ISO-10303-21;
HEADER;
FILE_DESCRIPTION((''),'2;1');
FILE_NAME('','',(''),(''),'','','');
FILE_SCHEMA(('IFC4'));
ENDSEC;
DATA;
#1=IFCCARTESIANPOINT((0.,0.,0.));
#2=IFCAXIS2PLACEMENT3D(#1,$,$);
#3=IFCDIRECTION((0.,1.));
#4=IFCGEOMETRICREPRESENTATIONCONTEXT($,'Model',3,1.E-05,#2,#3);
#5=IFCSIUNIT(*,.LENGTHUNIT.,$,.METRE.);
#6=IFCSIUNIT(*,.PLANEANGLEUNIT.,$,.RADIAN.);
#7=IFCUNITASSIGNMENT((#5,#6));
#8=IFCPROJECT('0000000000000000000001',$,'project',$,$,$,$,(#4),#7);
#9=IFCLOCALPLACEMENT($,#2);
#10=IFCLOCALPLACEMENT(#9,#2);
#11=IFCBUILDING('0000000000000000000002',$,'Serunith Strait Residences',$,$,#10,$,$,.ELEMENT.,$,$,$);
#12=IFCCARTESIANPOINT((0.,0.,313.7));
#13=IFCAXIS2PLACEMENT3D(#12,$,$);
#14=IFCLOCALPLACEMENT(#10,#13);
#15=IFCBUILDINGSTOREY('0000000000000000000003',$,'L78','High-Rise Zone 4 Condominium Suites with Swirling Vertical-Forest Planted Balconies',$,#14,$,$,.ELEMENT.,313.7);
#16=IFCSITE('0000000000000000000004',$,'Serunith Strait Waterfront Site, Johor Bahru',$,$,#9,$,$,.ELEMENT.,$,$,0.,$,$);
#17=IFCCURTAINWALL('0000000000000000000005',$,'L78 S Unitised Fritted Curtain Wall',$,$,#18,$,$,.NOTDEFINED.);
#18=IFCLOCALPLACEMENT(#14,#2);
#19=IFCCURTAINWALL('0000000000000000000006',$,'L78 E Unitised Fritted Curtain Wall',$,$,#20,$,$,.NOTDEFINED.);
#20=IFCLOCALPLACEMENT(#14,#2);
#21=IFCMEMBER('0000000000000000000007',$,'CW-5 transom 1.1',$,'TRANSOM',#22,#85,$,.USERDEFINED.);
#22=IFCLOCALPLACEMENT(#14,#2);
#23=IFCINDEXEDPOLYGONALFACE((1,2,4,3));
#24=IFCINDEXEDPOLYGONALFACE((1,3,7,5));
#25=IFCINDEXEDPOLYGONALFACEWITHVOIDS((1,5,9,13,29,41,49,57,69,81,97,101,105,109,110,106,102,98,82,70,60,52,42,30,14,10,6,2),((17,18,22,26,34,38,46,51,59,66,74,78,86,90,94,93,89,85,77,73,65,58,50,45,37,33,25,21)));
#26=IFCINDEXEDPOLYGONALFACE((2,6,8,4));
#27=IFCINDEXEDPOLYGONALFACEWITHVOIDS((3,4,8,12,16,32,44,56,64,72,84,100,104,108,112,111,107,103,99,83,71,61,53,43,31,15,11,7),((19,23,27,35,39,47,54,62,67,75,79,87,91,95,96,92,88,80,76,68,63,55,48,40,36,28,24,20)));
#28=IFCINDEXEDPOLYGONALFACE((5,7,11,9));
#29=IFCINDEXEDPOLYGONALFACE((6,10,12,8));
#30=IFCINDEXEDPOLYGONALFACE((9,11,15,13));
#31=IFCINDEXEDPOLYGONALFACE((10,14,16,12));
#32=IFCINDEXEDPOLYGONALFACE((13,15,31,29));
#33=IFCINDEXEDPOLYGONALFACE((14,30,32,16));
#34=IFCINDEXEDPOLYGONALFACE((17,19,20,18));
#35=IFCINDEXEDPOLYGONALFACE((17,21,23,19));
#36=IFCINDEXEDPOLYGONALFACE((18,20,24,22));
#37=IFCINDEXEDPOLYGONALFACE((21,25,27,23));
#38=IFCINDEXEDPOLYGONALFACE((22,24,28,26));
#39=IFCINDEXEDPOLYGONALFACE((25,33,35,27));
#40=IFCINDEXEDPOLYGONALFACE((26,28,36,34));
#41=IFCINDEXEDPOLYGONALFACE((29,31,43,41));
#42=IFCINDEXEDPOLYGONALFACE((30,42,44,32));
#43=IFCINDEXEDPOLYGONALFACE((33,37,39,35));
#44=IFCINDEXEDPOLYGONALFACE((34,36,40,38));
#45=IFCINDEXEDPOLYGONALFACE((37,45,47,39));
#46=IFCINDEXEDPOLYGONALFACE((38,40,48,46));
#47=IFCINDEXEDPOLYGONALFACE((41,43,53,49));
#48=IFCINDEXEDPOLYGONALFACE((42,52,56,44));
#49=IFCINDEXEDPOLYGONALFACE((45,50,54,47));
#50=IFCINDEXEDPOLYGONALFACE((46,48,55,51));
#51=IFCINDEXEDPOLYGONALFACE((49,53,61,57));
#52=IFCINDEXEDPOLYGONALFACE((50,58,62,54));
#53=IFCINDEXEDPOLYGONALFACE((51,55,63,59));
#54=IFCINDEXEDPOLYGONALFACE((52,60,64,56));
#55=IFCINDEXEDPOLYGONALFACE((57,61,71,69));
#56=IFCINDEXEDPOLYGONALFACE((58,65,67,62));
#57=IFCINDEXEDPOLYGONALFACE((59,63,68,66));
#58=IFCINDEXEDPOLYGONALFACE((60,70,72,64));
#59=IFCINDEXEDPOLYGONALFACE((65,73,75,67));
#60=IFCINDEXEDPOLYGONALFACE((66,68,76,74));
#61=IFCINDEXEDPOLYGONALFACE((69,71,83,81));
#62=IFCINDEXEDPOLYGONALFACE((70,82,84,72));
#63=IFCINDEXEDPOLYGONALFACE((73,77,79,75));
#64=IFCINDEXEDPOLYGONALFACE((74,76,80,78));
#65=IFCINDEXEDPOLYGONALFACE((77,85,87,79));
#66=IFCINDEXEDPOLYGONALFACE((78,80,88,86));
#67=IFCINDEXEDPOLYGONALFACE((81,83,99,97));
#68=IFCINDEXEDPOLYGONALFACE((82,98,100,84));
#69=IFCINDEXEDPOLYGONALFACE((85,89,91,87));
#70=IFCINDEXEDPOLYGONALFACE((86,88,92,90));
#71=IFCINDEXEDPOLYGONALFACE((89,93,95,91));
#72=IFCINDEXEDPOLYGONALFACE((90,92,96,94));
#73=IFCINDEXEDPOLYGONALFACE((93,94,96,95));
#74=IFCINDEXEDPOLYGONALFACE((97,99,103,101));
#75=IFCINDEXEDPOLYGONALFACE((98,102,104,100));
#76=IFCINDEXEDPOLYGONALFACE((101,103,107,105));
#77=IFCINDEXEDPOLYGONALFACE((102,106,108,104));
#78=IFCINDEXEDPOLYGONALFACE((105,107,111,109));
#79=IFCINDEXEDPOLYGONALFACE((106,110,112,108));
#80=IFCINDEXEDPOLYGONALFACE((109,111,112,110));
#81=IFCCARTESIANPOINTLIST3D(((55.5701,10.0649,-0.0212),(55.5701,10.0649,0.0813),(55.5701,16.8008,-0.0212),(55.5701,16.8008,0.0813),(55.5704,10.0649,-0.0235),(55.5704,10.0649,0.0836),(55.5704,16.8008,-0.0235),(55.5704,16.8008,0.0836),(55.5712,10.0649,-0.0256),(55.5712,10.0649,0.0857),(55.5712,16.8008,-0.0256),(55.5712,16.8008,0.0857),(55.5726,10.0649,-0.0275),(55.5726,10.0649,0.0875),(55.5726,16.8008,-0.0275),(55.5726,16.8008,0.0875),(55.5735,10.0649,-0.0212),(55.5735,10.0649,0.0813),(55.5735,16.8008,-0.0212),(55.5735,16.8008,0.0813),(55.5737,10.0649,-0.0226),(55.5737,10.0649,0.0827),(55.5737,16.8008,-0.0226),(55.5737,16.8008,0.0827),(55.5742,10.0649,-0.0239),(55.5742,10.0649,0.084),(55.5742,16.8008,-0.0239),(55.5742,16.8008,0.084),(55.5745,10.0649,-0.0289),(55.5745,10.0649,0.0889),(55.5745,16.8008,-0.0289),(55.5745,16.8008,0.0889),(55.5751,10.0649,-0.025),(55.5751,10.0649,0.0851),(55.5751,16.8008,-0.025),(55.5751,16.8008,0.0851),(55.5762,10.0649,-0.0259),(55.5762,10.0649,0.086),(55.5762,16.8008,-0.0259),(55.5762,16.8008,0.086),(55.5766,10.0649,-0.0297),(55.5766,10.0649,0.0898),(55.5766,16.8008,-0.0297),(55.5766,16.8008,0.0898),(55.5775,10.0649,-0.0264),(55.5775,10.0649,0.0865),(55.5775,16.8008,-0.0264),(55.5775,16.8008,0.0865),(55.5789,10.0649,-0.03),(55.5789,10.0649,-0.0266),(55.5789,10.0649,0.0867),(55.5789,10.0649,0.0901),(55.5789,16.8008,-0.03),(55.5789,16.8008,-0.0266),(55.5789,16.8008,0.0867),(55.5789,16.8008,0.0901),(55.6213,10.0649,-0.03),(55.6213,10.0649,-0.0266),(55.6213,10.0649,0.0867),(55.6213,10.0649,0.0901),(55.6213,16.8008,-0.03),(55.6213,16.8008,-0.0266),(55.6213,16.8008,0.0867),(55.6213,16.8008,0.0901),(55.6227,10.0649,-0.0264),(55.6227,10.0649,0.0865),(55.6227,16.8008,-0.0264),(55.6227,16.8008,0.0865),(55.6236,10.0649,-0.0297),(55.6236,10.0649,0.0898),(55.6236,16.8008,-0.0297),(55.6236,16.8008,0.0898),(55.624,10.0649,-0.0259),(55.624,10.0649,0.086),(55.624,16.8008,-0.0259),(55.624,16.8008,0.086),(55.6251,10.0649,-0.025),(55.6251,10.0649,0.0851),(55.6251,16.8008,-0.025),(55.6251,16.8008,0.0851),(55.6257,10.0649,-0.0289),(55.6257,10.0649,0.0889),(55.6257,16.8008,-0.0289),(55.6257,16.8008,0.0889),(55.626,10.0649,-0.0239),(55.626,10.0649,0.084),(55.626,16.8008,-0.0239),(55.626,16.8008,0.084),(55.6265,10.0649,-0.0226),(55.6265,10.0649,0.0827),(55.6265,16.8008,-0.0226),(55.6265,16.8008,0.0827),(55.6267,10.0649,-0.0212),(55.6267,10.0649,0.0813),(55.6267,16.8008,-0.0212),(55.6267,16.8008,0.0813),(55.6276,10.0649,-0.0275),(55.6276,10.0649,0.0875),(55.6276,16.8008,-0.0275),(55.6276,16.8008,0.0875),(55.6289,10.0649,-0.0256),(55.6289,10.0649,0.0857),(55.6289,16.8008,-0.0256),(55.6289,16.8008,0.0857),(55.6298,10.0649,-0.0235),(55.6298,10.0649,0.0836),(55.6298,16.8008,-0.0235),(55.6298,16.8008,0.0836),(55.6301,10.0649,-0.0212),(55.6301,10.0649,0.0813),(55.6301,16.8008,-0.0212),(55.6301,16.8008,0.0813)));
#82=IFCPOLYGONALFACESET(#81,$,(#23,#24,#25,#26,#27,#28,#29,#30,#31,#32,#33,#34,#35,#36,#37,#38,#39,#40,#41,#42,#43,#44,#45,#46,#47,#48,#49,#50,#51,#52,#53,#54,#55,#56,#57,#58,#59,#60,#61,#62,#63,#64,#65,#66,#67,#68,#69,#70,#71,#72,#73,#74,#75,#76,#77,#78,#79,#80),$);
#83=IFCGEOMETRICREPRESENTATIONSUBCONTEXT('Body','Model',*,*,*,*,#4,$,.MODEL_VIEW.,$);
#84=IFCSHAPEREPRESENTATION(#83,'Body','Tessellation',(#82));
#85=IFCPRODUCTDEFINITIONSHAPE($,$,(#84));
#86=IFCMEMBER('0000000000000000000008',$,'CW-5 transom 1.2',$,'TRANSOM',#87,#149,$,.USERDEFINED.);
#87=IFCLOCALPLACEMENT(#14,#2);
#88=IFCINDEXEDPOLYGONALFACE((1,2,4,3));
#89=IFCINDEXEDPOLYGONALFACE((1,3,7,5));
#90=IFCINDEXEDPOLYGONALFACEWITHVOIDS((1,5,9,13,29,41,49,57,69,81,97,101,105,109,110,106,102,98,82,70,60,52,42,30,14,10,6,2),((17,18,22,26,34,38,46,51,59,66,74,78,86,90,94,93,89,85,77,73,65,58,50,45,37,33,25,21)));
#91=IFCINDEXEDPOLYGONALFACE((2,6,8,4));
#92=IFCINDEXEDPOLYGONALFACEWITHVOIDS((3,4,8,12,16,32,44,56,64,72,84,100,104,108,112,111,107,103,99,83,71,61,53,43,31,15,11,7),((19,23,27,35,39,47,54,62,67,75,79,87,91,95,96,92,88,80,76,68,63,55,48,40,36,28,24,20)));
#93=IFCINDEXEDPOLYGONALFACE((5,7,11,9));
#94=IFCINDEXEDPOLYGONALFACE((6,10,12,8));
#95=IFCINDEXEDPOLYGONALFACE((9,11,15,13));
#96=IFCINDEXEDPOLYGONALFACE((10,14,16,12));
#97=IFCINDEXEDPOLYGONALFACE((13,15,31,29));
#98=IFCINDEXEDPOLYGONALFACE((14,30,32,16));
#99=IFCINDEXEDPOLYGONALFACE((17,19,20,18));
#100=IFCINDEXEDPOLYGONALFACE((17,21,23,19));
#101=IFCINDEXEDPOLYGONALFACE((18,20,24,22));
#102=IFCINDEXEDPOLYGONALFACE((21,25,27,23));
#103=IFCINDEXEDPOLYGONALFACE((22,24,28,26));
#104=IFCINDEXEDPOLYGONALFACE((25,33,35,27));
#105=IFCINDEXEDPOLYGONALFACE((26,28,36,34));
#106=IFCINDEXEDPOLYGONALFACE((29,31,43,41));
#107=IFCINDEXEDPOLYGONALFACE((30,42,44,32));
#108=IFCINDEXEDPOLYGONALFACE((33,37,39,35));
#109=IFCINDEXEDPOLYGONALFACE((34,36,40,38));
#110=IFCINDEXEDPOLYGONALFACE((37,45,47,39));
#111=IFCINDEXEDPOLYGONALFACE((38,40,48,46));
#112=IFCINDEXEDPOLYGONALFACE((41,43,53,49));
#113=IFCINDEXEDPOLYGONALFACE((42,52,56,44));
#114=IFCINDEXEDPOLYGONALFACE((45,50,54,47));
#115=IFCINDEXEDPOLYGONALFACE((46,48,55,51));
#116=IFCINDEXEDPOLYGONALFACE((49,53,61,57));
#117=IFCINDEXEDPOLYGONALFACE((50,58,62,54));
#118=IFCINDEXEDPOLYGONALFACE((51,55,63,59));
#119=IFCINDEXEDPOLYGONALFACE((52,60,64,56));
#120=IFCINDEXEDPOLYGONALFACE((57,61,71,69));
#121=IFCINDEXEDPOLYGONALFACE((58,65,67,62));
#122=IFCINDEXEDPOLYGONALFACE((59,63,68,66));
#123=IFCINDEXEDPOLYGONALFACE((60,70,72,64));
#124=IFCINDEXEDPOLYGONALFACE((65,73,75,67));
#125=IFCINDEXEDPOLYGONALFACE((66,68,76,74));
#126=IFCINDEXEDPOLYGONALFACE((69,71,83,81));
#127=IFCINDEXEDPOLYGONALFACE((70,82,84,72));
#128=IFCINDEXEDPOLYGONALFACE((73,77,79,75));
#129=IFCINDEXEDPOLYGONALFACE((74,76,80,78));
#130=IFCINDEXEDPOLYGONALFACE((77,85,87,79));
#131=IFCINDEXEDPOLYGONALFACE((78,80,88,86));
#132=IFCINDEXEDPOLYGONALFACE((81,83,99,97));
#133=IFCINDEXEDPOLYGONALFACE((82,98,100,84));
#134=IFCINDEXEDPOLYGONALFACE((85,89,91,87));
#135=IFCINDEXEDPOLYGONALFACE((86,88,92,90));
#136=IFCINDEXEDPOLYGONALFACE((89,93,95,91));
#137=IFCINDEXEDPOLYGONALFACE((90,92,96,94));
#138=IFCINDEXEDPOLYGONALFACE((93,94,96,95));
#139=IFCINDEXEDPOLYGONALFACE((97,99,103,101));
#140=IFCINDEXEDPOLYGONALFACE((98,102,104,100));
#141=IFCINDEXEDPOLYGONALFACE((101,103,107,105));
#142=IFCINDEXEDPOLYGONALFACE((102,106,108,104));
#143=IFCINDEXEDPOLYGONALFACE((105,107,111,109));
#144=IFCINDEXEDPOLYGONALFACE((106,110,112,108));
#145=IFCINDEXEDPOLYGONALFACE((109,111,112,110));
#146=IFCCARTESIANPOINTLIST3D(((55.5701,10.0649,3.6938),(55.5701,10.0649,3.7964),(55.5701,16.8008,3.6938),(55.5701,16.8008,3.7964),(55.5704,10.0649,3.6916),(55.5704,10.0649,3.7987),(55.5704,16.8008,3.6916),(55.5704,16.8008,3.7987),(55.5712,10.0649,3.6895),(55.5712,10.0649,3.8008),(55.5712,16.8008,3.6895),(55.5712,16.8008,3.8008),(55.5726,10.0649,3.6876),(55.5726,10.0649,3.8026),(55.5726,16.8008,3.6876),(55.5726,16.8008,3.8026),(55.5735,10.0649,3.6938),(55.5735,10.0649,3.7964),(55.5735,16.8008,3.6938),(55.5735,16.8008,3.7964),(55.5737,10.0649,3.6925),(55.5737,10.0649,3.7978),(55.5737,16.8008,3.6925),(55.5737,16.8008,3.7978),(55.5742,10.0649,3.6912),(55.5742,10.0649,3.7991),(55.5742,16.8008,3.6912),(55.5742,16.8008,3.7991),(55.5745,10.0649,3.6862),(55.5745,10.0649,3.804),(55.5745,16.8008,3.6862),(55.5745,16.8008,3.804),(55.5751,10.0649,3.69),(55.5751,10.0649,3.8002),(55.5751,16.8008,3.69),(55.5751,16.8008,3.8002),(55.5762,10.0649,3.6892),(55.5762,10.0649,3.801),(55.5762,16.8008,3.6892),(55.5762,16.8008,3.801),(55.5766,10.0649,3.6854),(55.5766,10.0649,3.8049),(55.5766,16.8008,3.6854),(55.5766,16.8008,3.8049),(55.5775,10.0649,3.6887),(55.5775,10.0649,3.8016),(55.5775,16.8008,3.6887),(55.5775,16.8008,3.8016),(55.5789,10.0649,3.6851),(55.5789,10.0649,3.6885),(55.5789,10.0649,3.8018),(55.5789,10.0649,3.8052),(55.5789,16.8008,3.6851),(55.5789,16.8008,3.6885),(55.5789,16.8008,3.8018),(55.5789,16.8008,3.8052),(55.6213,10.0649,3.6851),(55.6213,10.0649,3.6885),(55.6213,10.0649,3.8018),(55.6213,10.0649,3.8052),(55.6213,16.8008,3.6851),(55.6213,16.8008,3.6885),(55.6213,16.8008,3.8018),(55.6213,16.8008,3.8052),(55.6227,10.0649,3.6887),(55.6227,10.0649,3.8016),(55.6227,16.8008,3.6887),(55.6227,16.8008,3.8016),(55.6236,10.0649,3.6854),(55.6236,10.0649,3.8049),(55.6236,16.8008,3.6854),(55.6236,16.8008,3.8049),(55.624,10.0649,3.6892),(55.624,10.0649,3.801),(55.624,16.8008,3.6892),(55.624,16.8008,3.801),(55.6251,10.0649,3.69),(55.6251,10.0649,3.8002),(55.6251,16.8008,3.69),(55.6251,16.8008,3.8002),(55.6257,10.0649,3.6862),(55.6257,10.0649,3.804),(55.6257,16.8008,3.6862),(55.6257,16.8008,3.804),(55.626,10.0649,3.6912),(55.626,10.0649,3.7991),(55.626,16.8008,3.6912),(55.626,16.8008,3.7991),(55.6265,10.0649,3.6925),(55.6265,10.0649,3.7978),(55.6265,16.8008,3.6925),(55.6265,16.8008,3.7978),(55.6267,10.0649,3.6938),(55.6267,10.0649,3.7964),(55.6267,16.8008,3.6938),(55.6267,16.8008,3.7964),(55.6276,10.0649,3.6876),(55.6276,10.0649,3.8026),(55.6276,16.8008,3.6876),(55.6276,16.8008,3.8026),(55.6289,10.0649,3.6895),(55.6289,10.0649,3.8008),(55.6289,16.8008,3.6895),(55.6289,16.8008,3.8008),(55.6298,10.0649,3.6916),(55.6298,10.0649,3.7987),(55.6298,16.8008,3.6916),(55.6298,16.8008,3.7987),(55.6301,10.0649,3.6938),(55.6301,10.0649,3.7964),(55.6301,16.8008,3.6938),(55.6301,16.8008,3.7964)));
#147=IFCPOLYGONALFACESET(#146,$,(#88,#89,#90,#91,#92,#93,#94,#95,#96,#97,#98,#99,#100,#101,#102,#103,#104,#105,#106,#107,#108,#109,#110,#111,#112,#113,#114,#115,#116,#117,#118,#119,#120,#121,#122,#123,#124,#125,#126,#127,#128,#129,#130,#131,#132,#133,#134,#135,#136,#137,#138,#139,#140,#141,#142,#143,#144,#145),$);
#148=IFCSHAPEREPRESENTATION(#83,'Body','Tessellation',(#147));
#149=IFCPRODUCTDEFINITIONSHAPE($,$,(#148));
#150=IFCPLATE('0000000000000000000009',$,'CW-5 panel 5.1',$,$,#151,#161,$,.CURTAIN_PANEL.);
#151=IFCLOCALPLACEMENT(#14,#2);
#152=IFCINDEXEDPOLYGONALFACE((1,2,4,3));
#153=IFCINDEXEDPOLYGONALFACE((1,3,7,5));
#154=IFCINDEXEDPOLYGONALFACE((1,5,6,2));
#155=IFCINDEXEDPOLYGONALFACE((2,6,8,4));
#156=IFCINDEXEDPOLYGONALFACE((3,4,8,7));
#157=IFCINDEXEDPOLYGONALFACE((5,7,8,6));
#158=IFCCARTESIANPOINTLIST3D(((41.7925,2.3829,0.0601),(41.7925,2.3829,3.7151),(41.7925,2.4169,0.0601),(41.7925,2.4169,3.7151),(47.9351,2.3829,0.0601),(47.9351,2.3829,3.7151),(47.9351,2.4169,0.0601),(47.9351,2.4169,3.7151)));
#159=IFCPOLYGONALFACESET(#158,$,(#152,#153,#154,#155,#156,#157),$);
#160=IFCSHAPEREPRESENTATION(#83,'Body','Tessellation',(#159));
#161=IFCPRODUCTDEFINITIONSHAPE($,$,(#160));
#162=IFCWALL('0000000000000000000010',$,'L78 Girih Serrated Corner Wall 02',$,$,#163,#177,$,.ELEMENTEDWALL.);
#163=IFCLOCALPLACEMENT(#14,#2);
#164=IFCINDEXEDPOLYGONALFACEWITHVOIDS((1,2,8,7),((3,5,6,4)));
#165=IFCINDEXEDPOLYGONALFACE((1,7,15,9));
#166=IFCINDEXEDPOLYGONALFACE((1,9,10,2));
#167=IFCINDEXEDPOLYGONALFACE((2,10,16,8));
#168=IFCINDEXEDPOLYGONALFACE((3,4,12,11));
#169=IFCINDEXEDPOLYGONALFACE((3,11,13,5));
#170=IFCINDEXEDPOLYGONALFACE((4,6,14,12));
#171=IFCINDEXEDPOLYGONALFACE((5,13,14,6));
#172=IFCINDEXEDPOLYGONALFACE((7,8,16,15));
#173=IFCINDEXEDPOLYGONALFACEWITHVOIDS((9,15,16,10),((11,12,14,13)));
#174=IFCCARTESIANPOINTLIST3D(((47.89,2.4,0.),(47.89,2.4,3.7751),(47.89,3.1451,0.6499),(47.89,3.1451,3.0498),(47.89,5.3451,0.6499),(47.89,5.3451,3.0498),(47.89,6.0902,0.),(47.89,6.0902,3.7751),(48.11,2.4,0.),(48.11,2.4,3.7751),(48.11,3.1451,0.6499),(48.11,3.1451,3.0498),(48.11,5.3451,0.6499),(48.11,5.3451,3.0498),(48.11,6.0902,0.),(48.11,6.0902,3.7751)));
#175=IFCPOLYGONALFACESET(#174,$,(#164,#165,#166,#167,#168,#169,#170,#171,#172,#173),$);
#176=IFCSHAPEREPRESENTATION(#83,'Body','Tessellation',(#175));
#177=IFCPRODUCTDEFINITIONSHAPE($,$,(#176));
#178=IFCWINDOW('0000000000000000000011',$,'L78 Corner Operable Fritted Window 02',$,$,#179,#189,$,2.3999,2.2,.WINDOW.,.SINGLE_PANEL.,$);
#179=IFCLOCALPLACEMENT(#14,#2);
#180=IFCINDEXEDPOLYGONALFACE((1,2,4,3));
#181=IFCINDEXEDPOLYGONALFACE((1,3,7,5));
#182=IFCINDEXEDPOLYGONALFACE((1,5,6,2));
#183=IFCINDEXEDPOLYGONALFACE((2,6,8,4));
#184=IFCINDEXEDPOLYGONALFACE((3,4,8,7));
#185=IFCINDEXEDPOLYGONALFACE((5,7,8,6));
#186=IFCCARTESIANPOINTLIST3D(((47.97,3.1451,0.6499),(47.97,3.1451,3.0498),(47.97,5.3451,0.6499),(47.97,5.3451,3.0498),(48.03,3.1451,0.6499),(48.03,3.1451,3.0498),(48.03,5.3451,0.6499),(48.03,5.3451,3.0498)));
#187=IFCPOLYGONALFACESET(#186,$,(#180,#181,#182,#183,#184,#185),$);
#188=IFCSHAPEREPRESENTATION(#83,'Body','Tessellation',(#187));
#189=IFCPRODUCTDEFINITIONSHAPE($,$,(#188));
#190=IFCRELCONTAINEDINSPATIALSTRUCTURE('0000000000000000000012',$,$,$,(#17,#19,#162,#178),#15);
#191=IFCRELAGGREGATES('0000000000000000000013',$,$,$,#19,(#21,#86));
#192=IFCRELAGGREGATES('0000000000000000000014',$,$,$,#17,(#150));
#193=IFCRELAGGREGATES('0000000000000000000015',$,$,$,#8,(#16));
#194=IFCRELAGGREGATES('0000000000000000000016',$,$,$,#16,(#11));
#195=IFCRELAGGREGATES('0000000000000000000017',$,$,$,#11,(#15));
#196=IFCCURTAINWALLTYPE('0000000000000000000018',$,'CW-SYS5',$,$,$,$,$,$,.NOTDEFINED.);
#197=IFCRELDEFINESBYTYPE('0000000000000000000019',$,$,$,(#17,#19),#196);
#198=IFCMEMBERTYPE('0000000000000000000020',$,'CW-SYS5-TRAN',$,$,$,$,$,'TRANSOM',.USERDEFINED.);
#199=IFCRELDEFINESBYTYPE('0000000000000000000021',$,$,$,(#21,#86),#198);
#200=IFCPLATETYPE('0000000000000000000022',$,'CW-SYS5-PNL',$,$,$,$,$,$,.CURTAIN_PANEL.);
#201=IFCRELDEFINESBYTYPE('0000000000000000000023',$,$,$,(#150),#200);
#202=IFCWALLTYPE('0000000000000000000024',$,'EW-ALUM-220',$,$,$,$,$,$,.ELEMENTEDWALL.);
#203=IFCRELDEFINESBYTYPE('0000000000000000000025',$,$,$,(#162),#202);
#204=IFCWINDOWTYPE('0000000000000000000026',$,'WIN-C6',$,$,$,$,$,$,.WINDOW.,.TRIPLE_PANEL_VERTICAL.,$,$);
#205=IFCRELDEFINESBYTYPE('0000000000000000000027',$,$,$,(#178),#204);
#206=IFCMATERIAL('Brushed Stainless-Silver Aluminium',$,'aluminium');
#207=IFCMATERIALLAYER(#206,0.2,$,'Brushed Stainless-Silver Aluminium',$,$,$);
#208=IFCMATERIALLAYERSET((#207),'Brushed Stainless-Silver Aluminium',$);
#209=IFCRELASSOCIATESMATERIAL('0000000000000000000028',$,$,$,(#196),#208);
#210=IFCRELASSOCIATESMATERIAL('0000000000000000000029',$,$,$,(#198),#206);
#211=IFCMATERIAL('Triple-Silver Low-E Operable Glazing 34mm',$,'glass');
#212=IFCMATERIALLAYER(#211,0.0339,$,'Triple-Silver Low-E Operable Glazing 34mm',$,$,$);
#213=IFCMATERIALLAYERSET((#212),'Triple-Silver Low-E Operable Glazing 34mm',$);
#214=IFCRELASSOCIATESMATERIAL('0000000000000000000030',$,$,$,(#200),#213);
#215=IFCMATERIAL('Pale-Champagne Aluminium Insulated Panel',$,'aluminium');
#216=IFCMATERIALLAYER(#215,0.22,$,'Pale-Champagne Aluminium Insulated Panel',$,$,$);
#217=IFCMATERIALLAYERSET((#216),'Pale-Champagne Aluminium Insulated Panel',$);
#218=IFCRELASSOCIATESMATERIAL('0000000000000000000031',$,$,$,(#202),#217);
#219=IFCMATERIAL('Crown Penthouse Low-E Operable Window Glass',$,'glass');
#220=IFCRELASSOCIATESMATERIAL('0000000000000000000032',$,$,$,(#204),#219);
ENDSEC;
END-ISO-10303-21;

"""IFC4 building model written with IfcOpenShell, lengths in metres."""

from ifc_helpers import new_model, si_unit, direction, frame, frame_2d, origin, origin_2d, place, context, subcontext, project, spatial, rectangle, hollow_rectangle, extrude, source, transform, mapped, material, layer, layer_set, material_profile, profile_set, type_object, element, fill, aggregate, save


model = new_model("IFC4")

# Units and contexts
model_context = context("Model", 3, precision=1e-05, world=origin(), true_north=direction((0.0, 1.0)))
body_context = subcontext(model_context, "Body", "Model", "MODEL_VIEW")
ifc_project = project(units=[si_unit("LENGTHUNIT", "METRE"), si_unit("PLANEANGLEUNIT", "RADIAN")], contexts=[model_context])

# Site, building, storey
site_placement = place(None, origin())
site = spatial("IfcSite", under=ifc_project, at=site_placement, Name="Serunith Strait Waterfront Site, Johor Bahru", CompositionType="ELEMENT", RefElevation=0.0)
building_placement = place(site_placement, origin())
building = spatial("IfcBuilding", under=site, at=building_placement, Name="Serunith Strait Residences", CompositionType="ELEMENT")
storey_placement = place(building_placement, frame((0.0, 0.0, 313.7)))
storey = spatial("IfcBuildingStorey", under=building, at=storey_placement, Name="L78", Description="High-Rise Zone 4 Condominium Suites with Swirling Vertical-Forest Planted Balconies", CompositionType="ELEMENT", Elevation=313.7)

# Curtain walls
ifc_material_1 = material(Name="Brushed Stainless-Silver Aluminium", Category="aluminium")
ifc_layer_1 = layer(ifc_material_1, 0.2, Name="Brushed Stainless-Silver Aluminium")
ifc_layer_set_1 = layer_set([ifc_layer_1], Name="Brushed Stainless-Silver Aluminium")
curtain_wall_type = type_object("IfcCurtainWallType", Name="CW-SYS5", PredefinedType="NOTDEFINED", material=ifc_layer_set_1)
curtain_wall_1_placement = place(storey_placement, origin())
curtain_wall_1 = element("IfcCurtainWall", 1, at=curtain_wall_1_placement, inside=storey, type_object=curtain_wall_type, Name="L78 S Unitised Fritted Curtain Wall", PredefinedType="NOTDEFINED")
curtain_wall_2_placement = place(storey_placement, origin())
curtain_wall_2 = element("IfcCurtainWall", 2, at=curtain_wall_2_placement, inside=storey, type_object=curtain_wall_type, Name="L78 E Unitised Fritted Curtain Wall", PredefinedType="NOTDEFINED")

# Members
ifc_material_profile_1 = material_profile(ifc_material_1, hollow_rectangle(XDim=0.0601, YDim=0.1201, WallThickness=0.0034, InnerFilletRadius=0.0054, OuterFilletRadius=0.0088, at=origin_2d()), Name="ALU 120x60x3.5")
ifc_profile_set_1 = profile_set([ifc_material_profile_1], Name="Brushed Stainless-Silver Aluminium")
member_type_1 = type_object("IfcMemberType", Name="CW-SYS5-TRAN", ElementType="TRANSOM", PredefinedType="USERDEFINED", material=ifc_profile_set_1)
shared_shape_1 = source(origin(), body_context, "Body", "SweptSolid", [
    extrude(hollow_rectangle(XDim=0.0601, YDim=0.1201, WallThickness=0.0034, InnerFilletRadius=0.0054, OuterFilletRadius=0.0088, at=origin_2d()), origin(), (0.0, 0.0, 1.0), 6.7358),
])
member_1_placement = place(storey_placement, frame((55.6001, 10.0649, 0.03), z_axis=(0.0, 1.0, 0.0), x_axis=(-1.0, 0.0, 0.0)))
member_1 = element("IfcMember", 3, at=member_1_placement, type_object=member_type_1, Name="CW-5 transom 1.1", ObjectType="TRANSOM", PredefinedType="USERDEFINED", context=body_context, shape_type="MappedRepresentation", body=[
    mapped(shared_shape_1, transform((0.0, 0.0, 0.0), scale=1.0)),
])
member_2_placement = place(storey_placement, frame((55.6001, 10.0649, 3.7451), z_axis=(0.0, 1.0, 0.0), x_axis=(-1.0, 0.0, 0.0)))
member_2 = element("IfcMember", 4, at=member_2_placement, type_object=member_type_1, Name="CW-5 transom 1.2", ObjectType="TRANSOM", PredefinedType="USERDEFINED", context=body_context, shape_type="MappedRepresentation", body=[
    mapped(shared_shape_1, transform((0.0, 0.0, 0.0), scale=1.0)),
])
aggregate(curtain_wall_2, [member_1, member_2])

# Plate
ifc_material_2 = material(Name="Triple-Silver Low-E Operable Glazing 34mm", Category="glass")
ifc_layer_2 = layer(ifc_material_2, 0.0339, Name="Triple-Silver Low-E Operable Glazing 34mm")
ifc_layer_set_2 = layer_set([ifc_layer_2], Name="Triple-Silver Low-E Operable Glazing 34mm")
plate_type = type_object("IfcPlateType", Name="CW-SYS5-PNL", PredefinedType="CURTAIN_PANEL", material=ifc_layer_set_2)
shared_shape_2 = source(origin(), body_context, "Body", "SweptSolid", [
    extrude(rectangle(XDim=6.1426, YDim=0.0339, at=origin_2d()), origin(), (0.0, 0.0, 1.0), 3.655),
])
plate_placement = place(storey_placement, frame((44.8638, 2.3999, 0.0601), z_axis=(0.0, 0.0, 1.0), x_axis=(1.0, 0.0, 0.0)))
plate = element("IfcPlate", 5, at=plate_placement, type_object=plate_type, Name="CW-5 panel 5.1", PredefinedType="CURTAIN_PANEL", context=body_context, shape_type="MappedRepresentation", body=[
    mapped(shared_shape_2, transform((0.0, 0.0, 0.0), scale=1.0)),
])
aggregate(curtain_wall_1, [plate])

# Wall, opening, window
ifc_material_3 = material(Name="Pale-Champagne Aluminium Insulated Panel", Category="aluminium")
ifc_layer_3 = layer(ifc_material_3, 0.22, Name="Pale-Champagne Aluminium Insulated Panel")
ifc_layer_set_3 = layer_set([ifc_layer_3], Name="Pale-Champagne Aluminium Insulated Panel")
wall_type_1 = type_object("IfcWallType", Name="EW-ALUM-220", PredefinedType="ELEMENTEDWALL", material=ifc_layer_set_3)
wall_1_placement = place(storey_placement, frame((48.0, 2.3999, 0.0), z_axis=(0.0, 0.0, 1.0), x_axis=(0.0, 1.0, 0.0)))
wall_1 = element("IfcWall", 6, at=wall_1_placement, inside=storey, type_object=wall_type_1, Name="L78 Girih Serrated Corner Wall 02", PredefinedType="ELEMENTEDWALL", context=body_context, shape_type="SweptSolid", body=[
    extrude(rectangle(XDim=3.6902, YDim=0.22, at=frame_2d((1.8452, 0.0))), origin(), (0.0, 0.0, 1.0), 3.7751),
])
opening_1_placement = place(wall_1_placement, frame((0.7451, 0.0, 0.6499)))
opening_1 = element("IfcOpeningElement", 7, at=opening_1_placement, cuts=wall_1, PredefinedType="OPENING", context=body_context, shape_type="SweptSolid", body=[
    extrude(rectangle(XDim=2.2, YDim=2.3999, at=frame_2d((1.1001, 1.2))), frame((0.0, 0.1201, 0.0), z_axis=(0.0, -1.0, 0.0), x_axis=(1.0, 0.0, 0.0)), (0.0, 0.0, 1.0), 0.24),
])
ifc_material_4 = material(Name="Crown Penthouse Low-E Operable Window Glass", Category="glass")
window_type = type_object("IfcWindowType", Name="WIN-C6", PartitioningType="TRIPLE_PANEL_VERTICAL", PredefinedType="WINDOW", material=ifc_material_4)
shared_shape_3 = source(origin(), body_context, "Body", "SweptSolid", [
    extrude(rectangle(XDim=2.2, YDim=2.3999, at=frame_2d((1.1001, 1.2))), frame((0.0, 0.03, 0.0), z_axis=(0.0, -1.0, 0.0), x_axis=(1.0, 0.0, 0.0)), (0.0, 0.0, 1.0), 0.0601),
])
window_1_placement = place(opening_1_placement, origin())
window_1 = element("IfcWindow", 8, at=window_1_placement, inside=storey, type_object=window_type, Name="L78 Corner Operable Fritted Window 02", OverallHeight=2.3999, OverallWidth=2.2, PartitioningType="SINGLE_PANEL", PredefinedType="WINDOW", context=body_context, shape_type="MappedRepresentation", body=[
    mapped(shared_shape_3, transform((0.0, 0.0, 0.0), scale=1.0)),
])
fill(opening_1, window_1)

save(model, "model.ifc")
